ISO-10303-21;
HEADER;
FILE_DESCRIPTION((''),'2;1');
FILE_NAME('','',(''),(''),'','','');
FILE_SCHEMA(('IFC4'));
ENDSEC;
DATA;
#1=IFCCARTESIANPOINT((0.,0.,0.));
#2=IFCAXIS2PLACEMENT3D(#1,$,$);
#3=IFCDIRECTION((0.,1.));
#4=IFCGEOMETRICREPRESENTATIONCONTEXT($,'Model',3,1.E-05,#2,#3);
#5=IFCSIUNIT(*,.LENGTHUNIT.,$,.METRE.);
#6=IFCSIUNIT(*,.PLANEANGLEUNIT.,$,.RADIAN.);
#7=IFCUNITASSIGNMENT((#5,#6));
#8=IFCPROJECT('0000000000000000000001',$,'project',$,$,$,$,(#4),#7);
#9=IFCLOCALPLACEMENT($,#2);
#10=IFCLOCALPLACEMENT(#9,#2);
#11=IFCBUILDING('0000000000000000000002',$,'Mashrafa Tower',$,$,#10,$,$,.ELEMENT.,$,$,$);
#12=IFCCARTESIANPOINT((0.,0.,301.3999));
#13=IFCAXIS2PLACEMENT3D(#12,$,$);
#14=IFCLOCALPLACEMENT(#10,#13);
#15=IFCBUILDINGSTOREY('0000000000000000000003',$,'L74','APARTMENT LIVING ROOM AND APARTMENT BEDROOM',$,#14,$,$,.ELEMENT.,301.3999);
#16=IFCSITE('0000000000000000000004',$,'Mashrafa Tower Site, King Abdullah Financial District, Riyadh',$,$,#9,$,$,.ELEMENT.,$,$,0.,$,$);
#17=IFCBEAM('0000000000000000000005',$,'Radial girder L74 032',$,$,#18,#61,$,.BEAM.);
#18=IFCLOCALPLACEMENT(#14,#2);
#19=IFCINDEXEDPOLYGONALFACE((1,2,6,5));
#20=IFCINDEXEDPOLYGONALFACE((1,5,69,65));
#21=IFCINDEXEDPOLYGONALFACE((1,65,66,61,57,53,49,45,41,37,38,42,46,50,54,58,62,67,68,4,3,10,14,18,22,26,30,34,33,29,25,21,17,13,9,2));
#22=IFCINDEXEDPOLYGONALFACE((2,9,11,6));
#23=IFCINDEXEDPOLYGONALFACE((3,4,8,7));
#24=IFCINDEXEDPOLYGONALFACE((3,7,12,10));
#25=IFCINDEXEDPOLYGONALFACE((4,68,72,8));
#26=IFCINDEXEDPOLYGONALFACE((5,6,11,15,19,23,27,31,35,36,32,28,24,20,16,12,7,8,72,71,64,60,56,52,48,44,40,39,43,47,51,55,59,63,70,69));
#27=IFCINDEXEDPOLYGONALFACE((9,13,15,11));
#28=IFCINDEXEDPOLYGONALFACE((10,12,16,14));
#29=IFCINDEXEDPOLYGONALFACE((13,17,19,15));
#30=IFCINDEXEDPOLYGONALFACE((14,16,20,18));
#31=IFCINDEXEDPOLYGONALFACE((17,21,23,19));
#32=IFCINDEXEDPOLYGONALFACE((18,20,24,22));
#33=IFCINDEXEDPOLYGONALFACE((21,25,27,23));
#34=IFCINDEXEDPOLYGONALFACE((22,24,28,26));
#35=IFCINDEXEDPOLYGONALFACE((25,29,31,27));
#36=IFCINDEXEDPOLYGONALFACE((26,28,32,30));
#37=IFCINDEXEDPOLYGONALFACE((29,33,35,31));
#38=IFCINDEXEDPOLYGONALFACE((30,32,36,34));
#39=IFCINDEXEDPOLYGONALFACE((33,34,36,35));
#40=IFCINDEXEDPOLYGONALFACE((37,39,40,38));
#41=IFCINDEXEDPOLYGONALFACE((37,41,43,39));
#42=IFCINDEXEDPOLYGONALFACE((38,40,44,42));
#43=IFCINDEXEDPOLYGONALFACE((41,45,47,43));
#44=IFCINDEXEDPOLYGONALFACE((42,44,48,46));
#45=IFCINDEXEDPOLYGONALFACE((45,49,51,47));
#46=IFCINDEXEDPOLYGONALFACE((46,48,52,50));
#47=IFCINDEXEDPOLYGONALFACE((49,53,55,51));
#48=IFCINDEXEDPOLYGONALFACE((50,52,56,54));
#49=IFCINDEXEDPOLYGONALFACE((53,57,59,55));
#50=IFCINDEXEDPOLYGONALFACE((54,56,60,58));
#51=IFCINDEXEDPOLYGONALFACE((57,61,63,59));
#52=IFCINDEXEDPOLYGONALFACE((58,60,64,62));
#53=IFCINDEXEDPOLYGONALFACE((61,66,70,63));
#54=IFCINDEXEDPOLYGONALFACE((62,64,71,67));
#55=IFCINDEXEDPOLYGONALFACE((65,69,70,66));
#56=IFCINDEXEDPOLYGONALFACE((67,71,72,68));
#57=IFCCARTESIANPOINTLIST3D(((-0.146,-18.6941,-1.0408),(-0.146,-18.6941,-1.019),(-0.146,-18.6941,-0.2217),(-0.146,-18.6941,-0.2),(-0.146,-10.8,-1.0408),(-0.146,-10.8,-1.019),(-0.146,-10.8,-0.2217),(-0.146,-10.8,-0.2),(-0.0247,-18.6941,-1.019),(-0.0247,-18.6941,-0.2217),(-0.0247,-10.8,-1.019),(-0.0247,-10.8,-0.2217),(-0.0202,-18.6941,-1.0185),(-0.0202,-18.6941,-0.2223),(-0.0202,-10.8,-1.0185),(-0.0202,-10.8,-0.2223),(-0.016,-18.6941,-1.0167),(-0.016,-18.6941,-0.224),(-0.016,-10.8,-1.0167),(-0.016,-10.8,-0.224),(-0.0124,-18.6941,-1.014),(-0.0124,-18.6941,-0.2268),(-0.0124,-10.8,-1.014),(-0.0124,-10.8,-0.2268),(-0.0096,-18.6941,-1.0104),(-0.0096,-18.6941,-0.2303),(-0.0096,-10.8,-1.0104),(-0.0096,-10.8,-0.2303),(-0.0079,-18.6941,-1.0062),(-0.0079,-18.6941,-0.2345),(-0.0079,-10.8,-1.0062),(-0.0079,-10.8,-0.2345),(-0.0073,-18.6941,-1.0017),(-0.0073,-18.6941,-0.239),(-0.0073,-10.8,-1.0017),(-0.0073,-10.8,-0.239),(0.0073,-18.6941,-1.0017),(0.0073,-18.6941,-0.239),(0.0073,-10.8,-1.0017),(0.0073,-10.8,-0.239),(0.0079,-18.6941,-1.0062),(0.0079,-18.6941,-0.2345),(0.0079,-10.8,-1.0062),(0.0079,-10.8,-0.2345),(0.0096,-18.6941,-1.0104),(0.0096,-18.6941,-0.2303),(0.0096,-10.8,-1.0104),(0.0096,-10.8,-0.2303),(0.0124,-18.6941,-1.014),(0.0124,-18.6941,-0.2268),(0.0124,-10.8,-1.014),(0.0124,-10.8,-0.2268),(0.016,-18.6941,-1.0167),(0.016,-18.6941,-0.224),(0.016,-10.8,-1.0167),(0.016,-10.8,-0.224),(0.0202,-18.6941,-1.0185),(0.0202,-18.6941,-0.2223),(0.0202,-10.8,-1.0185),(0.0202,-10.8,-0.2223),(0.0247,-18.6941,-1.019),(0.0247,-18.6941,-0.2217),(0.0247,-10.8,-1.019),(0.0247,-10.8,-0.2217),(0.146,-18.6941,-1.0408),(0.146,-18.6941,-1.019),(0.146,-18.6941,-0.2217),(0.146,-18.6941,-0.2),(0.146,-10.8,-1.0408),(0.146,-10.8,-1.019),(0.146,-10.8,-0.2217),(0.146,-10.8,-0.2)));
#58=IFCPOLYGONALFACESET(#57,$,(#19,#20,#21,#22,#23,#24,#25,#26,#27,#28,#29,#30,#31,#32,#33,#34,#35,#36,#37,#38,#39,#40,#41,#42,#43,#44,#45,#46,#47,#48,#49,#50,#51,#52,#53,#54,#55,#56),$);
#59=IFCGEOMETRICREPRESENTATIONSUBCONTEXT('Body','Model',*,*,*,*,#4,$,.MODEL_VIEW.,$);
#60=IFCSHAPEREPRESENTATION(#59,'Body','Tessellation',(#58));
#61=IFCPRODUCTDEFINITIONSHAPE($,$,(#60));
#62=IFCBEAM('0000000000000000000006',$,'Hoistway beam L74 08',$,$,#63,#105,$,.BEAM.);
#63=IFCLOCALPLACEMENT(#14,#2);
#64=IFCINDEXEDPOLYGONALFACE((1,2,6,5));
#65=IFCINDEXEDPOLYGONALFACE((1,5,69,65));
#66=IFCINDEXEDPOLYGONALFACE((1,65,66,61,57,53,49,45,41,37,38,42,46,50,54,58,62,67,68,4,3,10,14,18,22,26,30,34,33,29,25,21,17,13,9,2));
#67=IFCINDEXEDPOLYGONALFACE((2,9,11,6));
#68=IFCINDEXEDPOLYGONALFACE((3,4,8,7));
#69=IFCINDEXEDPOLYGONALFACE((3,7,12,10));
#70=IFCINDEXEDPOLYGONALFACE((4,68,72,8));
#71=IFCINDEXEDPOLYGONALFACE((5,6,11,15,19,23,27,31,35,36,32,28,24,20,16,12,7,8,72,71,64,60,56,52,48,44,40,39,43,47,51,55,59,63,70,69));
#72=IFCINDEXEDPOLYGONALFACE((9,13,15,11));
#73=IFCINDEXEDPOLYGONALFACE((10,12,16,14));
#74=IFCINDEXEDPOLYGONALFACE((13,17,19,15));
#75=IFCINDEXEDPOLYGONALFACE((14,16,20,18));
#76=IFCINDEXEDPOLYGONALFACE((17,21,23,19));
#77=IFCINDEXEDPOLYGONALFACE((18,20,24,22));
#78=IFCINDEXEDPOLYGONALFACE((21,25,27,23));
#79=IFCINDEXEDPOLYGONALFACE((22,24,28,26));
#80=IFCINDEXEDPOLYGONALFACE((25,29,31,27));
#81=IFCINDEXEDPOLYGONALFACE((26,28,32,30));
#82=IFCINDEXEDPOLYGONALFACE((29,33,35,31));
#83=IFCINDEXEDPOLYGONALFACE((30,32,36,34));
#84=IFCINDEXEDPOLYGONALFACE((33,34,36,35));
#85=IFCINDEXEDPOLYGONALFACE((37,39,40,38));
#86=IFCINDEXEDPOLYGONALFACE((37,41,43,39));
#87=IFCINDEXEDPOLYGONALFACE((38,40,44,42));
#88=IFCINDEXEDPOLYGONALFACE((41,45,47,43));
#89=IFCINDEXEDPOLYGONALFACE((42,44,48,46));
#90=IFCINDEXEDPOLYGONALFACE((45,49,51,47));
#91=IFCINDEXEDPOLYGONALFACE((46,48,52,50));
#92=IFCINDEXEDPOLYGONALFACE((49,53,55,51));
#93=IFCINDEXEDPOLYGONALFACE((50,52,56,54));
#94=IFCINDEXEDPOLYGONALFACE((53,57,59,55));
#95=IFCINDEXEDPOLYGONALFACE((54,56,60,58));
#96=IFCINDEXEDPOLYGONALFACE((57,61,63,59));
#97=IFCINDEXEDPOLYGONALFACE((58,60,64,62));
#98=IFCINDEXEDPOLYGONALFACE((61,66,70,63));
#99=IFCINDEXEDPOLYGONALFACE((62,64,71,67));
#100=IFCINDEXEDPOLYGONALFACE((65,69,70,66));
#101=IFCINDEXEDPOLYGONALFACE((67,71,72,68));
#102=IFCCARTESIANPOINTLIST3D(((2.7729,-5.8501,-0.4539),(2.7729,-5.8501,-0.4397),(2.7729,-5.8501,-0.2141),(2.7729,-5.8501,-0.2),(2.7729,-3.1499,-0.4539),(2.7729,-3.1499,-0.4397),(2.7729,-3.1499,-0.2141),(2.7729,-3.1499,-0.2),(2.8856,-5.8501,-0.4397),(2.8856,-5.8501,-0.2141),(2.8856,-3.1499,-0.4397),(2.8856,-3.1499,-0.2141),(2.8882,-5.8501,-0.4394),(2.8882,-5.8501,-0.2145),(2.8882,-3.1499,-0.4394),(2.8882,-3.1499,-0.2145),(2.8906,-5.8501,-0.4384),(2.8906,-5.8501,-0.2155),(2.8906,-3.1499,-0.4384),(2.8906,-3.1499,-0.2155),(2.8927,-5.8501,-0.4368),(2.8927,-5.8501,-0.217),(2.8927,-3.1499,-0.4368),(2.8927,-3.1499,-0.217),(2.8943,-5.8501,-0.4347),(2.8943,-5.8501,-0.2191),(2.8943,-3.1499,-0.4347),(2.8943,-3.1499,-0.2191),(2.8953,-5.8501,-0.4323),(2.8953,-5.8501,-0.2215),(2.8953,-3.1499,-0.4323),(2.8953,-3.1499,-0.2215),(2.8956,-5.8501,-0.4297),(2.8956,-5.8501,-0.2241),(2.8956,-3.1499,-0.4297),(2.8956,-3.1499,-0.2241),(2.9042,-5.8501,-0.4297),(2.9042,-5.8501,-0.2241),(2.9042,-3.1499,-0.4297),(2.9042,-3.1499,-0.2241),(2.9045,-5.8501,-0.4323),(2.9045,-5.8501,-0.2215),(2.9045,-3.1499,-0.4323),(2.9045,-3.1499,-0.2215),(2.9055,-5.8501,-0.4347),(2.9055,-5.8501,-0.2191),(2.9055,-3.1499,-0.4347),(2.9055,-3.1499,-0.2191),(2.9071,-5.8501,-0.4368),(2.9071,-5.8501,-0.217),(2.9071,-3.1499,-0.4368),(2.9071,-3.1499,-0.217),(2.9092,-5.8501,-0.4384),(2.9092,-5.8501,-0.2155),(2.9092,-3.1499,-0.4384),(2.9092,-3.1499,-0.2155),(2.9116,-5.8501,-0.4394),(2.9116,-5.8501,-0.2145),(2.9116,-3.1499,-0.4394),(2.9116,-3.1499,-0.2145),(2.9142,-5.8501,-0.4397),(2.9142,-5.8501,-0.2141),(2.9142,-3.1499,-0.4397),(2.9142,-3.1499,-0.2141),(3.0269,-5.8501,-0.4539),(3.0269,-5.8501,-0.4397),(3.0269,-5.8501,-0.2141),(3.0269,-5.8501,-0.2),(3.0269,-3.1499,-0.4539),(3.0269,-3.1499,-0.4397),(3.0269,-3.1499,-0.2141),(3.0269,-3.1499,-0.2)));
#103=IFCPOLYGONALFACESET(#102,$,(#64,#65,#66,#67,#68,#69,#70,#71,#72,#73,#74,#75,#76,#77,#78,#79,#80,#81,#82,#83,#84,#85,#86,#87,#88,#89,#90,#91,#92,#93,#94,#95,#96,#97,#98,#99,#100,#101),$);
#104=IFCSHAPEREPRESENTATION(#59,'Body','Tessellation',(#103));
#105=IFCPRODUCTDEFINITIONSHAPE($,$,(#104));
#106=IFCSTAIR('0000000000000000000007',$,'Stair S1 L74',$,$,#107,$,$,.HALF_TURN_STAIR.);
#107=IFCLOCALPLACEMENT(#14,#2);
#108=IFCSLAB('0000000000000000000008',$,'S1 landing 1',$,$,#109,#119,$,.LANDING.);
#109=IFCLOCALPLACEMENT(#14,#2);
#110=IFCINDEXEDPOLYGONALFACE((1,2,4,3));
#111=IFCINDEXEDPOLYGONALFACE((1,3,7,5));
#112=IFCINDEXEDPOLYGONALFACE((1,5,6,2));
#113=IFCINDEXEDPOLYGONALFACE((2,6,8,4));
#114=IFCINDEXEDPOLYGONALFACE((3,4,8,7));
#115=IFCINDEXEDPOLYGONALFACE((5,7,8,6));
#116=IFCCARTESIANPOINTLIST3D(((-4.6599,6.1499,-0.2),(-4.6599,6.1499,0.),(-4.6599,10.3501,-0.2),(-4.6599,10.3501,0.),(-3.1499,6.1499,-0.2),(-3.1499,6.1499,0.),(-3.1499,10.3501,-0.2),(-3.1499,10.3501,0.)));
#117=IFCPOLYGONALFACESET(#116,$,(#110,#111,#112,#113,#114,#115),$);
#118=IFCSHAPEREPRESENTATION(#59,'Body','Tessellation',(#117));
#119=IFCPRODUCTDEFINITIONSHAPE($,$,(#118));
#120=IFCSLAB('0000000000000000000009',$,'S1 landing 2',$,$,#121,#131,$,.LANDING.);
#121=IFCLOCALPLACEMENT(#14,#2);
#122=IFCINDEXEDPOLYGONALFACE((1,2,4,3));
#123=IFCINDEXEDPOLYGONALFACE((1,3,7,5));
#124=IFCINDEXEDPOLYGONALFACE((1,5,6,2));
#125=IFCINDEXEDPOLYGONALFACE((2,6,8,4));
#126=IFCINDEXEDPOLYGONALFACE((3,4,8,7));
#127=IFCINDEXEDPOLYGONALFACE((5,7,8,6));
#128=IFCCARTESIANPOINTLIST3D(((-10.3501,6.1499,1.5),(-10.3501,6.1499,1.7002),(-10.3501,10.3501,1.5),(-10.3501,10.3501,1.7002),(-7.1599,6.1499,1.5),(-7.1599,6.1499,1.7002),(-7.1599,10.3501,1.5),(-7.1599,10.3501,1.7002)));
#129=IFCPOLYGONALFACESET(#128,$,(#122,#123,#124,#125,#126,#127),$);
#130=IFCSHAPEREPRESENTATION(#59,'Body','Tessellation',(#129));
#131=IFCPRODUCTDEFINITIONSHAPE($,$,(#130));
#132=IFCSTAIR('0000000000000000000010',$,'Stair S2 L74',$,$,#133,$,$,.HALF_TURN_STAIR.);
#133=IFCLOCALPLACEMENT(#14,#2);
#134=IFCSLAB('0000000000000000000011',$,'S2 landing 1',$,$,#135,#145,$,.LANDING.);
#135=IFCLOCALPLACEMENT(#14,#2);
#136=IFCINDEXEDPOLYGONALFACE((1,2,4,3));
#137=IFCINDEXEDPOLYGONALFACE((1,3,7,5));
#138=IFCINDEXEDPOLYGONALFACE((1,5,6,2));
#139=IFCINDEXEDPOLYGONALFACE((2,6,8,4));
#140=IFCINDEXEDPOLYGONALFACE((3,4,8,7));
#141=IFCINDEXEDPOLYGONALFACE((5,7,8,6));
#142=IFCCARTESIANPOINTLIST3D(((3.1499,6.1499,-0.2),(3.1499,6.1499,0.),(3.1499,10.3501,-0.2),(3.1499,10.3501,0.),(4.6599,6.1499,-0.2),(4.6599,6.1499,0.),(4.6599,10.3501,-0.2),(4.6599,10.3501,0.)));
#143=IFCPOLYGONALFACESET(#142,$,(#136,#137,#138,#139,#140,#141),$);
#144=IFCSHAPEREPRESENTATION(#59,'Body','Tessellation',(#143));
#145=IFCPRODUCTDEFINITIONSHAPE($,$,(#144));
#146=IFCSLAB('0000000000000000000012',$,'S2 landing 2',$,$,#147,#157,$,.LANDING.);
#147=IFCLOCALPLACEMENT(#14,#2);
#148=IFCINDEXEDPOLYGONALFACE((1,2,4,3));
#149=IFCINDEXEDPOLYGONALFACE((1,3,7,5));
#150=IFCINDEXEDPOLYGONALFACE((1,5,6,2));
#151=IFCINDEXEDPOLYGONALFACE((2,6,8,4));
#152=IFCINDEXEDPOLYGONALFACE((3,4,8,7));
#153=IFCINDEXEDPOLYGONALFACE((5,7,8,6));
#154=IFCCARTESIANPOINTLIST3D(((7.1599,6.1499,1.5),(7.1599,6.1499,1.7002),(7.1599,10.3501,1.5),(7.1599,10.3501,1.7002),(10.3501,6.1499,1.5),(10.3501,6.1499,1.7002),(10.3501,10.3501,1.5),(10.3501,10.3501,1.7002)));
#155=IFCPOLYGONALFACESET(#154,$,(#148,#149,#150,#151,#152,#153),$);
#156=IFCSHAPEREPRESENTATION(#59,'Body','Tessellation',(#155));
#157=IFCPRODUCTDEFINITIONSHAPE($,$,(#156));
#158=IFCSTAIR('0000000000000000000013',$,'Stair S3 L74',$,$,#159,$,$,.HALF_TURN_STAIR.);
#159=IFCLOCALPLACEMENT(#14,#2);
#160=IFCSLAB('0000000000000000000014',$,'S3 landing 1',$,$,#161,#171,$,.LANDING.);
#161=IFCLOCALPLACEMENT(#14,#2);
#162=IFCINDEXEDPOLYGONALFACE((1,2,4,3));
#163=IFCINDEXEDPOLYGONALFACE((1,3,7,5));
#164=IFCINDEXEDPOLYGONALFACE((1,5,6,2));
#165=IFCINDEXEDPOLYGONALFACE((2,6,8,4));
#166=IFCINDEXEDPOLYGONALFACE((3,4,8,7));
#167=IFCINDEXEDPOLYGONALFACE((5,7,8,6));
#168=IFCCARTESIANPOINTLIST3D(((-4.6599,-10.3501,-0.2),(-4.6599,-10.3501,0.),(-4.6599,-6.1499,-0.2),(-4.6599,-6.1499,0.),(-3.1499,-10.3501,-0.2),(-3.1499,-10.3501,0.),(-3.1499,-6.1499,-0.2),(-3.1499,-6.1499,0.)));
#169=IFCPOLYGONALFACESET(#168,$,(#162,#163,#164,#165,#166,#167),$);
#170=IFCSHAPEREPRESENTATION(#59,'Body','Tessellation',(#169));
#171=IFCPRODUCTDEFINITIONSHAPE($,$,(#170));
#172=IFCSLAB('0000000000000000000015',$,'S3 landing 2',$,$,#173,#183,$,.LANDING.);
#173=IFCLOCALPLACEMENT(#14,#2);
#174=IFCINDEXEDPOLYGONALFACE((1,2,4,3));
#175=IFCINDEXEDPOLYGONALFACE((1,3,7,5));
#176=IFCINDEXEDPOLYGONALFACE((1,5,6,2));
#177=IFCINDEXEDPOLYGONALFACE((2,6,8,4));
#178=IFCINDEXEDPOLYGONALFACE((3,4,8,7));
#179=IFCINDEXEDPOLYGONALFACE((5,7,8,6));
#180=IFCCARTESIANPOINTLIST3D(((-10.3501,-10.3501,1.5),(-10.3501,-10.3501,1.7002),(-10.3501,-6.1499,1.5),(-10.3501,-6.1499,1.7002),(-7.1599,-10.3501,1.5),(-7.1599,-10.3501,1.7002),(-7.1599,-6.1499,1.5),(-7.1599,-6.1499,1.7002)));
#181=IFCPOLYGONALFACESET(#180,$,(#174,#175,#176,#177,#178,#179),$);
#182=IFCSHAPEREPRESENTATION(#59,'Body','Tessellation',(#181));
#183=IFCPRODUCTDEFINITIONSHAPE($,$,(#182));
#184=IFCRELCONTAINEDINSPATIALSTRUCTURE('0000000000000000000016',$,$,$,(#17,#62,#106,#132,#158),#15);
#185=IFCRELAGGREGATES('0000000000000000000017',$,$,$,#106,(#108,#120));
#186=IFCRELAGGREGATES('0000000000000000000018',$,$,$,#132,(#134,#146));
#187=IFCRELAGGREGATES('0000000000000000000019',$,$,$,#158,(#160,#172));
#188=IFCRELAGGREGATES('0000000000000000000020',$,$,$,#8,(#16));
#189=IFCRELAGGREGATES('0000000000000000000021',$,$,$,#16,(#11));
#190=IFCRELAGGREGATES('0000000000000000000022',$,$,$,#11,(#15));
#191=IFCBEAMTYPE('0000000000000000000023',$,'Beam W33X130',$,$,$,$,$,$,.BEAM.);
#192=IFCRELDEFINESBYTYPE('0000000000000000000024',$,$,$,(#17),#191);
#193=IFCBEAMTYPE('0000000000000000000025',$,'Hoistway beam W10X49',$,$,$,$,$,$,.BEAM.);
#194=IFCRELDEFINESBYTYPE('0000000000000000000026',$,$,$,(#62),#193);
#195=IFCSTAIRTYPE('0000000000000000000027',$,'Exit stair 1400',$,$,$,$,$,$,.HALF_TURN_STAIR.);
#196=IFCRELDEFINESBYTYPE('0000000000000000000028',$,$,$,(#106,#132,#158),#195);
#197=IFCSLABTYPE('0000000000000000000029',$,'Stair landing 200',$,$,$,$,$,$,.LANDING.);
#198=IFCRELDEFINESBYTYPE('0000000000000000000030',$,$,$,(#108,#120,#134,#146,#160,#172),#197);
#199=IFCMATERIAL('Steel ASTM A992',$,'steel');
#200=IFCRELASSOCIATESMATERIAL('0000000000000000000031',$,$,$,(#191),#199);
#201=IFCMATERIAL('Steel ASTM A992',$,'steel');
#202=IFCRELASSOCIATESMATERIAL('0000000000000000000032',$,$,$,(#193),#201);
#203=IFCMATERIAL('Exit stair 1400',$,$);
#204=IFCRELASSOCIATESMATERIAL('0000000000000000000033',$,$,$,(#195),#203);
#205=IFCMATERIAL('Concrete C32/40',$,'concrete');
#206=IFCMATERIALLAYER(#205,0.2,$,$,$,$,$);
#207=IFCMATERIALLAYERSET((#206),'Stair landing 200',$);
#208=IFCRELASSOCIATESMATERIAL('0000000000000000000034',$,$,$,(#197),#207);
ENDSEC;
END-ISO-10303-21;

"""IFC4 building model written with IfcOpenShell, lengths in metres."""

from ifc_helpers import new_model, si_unit, direction, frame, origin, origin_2d, place, context, subcontext, project, spatial, polyline, i_section, outline, extrude, material, layer, layer_set, material_profile, profile_set, type_object, element, aggregate, save


model = new_model("IFC4")

# Units and contexts
model_context = context("Model", 3, precision=1e-05, world=origin(), true_north=direction((0.0, 1.0)))
body_context = subcontext(model_context, "Body", "Model", "MODEL_VIEW")
ifc_project = project(units=[si_unit("LENGTHUNIT", "METRE"), si_unit("PLANEANGLEUNIT", "RADIAN")], contexts=[model_context])

# Site, building, storey
site_placement = place(None, origin())
site = spatial("IfcSite", under=ifc_project, at=site_placement, Name="Mashrafa Tower Site, King Abdullah Financial District, Riyadh", CompositionType="ELEMENT", RefElevation=0.0)
building_placement = place(site_placement, origin())
building = spatial("IfcBuilding", under=site, at=building_placement, Name="Mashrafa Tower", CompositionType="ELEMENT")
storey_placement = place(building_placement, frame((0.0, 0.0, 301.3999)))
storey = spatial("IfcBuildingStorey", under=building, at=storey_placement, Name="L74", Description="APARTMENT LIVING ROOM AND APARTMENT BEDROOM", CompositionType="ELEMENT", Elevation=301.3999)

# Beams
ifc_material_1 = material(Name="Steel ASTM A992", Category="steel")
ifc_material_profile_1 = material_profile(ifc_material_1, i_section(OverallWidth=0.292, OverallDepth=0.8408, WebThickness=0.0146, FlangeThickness=0.0217, FilletRadius=0.0173, at=origin_2d()), Name="W33X130")
ifc_profile_set_1 = profile_set([ifc_material_profile_1], Name="Steel ASTM A992")
beam_type_1 = type_object("IfcBeamType", Name="Beam W33X130", PredefinedType="BEAM", material=ifc_profile_set_1)
beam_1_placement = place(storey_placement, frame((0.0, -10.8, -0.6204), z_axis=(0.0, -1.0, 0.0), x_axis=(1.0, 0.0, 0.0)))
element("IfcBeam", 1, at=beam_1_placement, inside=storey, type_object=beam_type_1, Name="Radial girder L74 032", PredefinedType="BEAM", context=body_context, shape_type="SweptSolid", body=[
    extrude(i_section(OverallWidth=0.292, OverallDepth=0.8408, WebThickness=0.0146, FlangeThickness=0.0217, FilletRadius=0.0173, at=origin_2d()), origin(), (0.0, 0.0, 1.0), 7.894),
])
ifc_material_2 = material(Name="Steel ASTM A992", Category="steel")
ifc_material_profile_2 = material_profile(ifc_material_2, i_section(OverallWidth=0.2539, OverallDepth=0.2539, WebThickness=0.0085, FlangeThickness=0.0142, FilletRadius=0.01, at=origin_2d()), Name="W10X49")
ifc_profile_set_2 = profile_set([ifc_material_profile_2], Name="Steel ASTM A992")
beam_type_2 = type_object("IfcBeamType", Name="Hoistway beam W10X49", PredefinedType="BEAM", material=ifc_profile_set_2)
beam_2_placement = place(storey_placement, frame((2.8999, -5.8501, -0.3269), z_axis=(0.0, 1.0, 0.0), x_axis=(-1.0, 0.0, 0.0)))
element("IfcBeam", 2, at=beam_2_placement, inside=storey, type_object=beam_type_2, Name="Hoistway beam L74 08", PredefinedType="BEAM", context=body_context, shape_type="SweptSolid", body=[
    extrude(i_section(OverallWidth=0.2539, OverallDepth=0.2539, WebThickness=0.0085, FlangeThickness=0.0142, FilletRadius=0.01, at=origin_2d()), origin(), (0.0, 0.0, 1.0), 2.7002),
])

# Stairs, slabs
ifc_material_3 = material(Name="Exit stair 1400")
stair_type = type_object("IfcStairType", Name="Exit stair 1400", PredefinedType="HALF_TURN_STAIR", material=ifc_material_3)
stair_1_placement = place(storey_placement, origin())
stair_1 = element("IfcStair", 3, at=stair_1_placement, inside=storey, type_object=stair_type, Name="Stair S1 L74", PredefinedType="HALF_TURN_STAIR")
ifc_material_4 = material(Name="Concrete C32/40", Category="concrete")
ifc_layer_1 = layer(ifc_material_4, 0.2)
ifc_layer_set_1 = layer_set([ifc_layer_1], Name="Stair landing 200")
slab_type = type_object("IfcSlabType", Name="Stair landing 200", PredefinedType="LANDING", material=ifc_layer_set_1)
slab_1_placement = place(storey_placement, frame((0.0, 0.0, -0.2)))
slab_1 = element("IfcSlab", 4, at=slab_1_placement, type_object=slab_type, Name="S1 landing 1", PredefinedType="LANDING", context=body_context, shape_type="SweptSolid", body=[
    extrude(outline(polyline([(-4.6599, 6.1499), (-3.1499, 6.1499), (-3.1499, 10.3501), (-4.6599, 10.3501), (-4.6599, 6.1499)])), origin(), (0.0, 0.0, 1.0), 0.2),
])
slab_2_placement = place(storey_placement, frame((0.0, 0.0, 1.5)))
slab_2 = element("IfcSlab", 5, at=slab_2_placement, type_object=slab_type, Name="S1 landing 2", PredefinedType="LANDING", context=body_context, shape_type="SweptSolid", body=[
    extrude(outline(polyline([(-10.3501, 6.1499), (-7.1599, 6.1499), (-7.1599, 10.3501), (-10.3501, 10.3501), (-10.3501, 6.1499)])), origin(), (0.0, 0.0, 1.0), 0.2002),
])
aggregate(stair_1, [slab_1, slab_2])
stair_2_placement = place(storey_placement, origin())
stair_2 = element("IfcStair", 6, at=stair_2_placement, inside=storey, type_object=stair_type, Name="Stair S2 L74", PredefinedType="HALF_TURN_STAIR")
slab_3_placement = place(storey_placement, frame((0.0, 0.0, -0.2)))
slab_3 = element("IfcSlab", 7, at=slab_3_placement, type_object=slab_type, Name="S2 landing 1", PredefinedType="LANDING", context=body_context, shape_type="SweptSolid", body=[
    extrude(outline(polyline([(3.1499, 6.1499), (4.6599, 6.1499), (4.6599, 10.3501), (3.1499, 10.3501), (3.1499, 6.1499)])), origin(), (0.0, 0.0, 1.0), 0.2),
])
slab_4_placement = place(storey_placement, frame((0.0, 0.0, 1.5)))
slab_4 = element("IfcSlab", 8, at=slab_4_placement, type_object=slab_type, Name="S2 landing 2", PredefinedType="LANDING", context=body_context, shape_type="SweptSolid", body=[
    extrude(outline(polyline([(7.1599, 6.1499), (10.3501, 6.1499), (10.3501, 10.3501), (7.1599, 10.3501), (7.1599, 6.1499)])), origin(), (0.0, 0.0, 1.0), 0.2002),
])
aggregate(stair_2, [slab_3, slab_4])
stair_3_placement = place(storey_placement, origin())
stair_3 = element("IfcStair", 9, at=stair_3_placement, inside=storey, type_object=stair_type, Name="Stair S3 L74", PredefinedType="HALF_TURN_STAIR")
slab_5_placement = place(storey_placement, frame((0.0, 0.0, -0.2)))
slab_5 = element("IfcSlab", 10, at=slab_5_placement, type_object=slab_type, Name="S3 landing 1", PredefinedType="LANDING", context=body_context, shape_type="SweptSolid", body=[
    extrude(outline(polyline([(-4.6599, -10.3501), (-3.1499, -10.3501), (-3.1499, -6.1499), (-4.6599, -6.1499), (-4.6599, -10.3501)])), origin(), (0.0, 0.0, 1.0), 0.2),
])
slab_6_placement = place(storey_placement, frame((0.0, 0.0, 1.5)))
slab_6 = element("IfcSlab", 11, at=slab_6_placement, type_object=slab_type, Name="S3 landing 2", PredefinedType="LANDING", context=body_context, shape_type="SweptSolid", body=[
    extrude(outline(polyline([(-10.3501, -10.3501), (-7.1599, -10.3501), (-7.1599, -6.1499), (-10.3501, -6.1499), (-10.3501, -10.3501)])), origin(), (0.0, 0.0, 1.0), 0.2002),
])
aggregate(stair_3, [slab_5, slab_6])

save(model, "model.ifc")
